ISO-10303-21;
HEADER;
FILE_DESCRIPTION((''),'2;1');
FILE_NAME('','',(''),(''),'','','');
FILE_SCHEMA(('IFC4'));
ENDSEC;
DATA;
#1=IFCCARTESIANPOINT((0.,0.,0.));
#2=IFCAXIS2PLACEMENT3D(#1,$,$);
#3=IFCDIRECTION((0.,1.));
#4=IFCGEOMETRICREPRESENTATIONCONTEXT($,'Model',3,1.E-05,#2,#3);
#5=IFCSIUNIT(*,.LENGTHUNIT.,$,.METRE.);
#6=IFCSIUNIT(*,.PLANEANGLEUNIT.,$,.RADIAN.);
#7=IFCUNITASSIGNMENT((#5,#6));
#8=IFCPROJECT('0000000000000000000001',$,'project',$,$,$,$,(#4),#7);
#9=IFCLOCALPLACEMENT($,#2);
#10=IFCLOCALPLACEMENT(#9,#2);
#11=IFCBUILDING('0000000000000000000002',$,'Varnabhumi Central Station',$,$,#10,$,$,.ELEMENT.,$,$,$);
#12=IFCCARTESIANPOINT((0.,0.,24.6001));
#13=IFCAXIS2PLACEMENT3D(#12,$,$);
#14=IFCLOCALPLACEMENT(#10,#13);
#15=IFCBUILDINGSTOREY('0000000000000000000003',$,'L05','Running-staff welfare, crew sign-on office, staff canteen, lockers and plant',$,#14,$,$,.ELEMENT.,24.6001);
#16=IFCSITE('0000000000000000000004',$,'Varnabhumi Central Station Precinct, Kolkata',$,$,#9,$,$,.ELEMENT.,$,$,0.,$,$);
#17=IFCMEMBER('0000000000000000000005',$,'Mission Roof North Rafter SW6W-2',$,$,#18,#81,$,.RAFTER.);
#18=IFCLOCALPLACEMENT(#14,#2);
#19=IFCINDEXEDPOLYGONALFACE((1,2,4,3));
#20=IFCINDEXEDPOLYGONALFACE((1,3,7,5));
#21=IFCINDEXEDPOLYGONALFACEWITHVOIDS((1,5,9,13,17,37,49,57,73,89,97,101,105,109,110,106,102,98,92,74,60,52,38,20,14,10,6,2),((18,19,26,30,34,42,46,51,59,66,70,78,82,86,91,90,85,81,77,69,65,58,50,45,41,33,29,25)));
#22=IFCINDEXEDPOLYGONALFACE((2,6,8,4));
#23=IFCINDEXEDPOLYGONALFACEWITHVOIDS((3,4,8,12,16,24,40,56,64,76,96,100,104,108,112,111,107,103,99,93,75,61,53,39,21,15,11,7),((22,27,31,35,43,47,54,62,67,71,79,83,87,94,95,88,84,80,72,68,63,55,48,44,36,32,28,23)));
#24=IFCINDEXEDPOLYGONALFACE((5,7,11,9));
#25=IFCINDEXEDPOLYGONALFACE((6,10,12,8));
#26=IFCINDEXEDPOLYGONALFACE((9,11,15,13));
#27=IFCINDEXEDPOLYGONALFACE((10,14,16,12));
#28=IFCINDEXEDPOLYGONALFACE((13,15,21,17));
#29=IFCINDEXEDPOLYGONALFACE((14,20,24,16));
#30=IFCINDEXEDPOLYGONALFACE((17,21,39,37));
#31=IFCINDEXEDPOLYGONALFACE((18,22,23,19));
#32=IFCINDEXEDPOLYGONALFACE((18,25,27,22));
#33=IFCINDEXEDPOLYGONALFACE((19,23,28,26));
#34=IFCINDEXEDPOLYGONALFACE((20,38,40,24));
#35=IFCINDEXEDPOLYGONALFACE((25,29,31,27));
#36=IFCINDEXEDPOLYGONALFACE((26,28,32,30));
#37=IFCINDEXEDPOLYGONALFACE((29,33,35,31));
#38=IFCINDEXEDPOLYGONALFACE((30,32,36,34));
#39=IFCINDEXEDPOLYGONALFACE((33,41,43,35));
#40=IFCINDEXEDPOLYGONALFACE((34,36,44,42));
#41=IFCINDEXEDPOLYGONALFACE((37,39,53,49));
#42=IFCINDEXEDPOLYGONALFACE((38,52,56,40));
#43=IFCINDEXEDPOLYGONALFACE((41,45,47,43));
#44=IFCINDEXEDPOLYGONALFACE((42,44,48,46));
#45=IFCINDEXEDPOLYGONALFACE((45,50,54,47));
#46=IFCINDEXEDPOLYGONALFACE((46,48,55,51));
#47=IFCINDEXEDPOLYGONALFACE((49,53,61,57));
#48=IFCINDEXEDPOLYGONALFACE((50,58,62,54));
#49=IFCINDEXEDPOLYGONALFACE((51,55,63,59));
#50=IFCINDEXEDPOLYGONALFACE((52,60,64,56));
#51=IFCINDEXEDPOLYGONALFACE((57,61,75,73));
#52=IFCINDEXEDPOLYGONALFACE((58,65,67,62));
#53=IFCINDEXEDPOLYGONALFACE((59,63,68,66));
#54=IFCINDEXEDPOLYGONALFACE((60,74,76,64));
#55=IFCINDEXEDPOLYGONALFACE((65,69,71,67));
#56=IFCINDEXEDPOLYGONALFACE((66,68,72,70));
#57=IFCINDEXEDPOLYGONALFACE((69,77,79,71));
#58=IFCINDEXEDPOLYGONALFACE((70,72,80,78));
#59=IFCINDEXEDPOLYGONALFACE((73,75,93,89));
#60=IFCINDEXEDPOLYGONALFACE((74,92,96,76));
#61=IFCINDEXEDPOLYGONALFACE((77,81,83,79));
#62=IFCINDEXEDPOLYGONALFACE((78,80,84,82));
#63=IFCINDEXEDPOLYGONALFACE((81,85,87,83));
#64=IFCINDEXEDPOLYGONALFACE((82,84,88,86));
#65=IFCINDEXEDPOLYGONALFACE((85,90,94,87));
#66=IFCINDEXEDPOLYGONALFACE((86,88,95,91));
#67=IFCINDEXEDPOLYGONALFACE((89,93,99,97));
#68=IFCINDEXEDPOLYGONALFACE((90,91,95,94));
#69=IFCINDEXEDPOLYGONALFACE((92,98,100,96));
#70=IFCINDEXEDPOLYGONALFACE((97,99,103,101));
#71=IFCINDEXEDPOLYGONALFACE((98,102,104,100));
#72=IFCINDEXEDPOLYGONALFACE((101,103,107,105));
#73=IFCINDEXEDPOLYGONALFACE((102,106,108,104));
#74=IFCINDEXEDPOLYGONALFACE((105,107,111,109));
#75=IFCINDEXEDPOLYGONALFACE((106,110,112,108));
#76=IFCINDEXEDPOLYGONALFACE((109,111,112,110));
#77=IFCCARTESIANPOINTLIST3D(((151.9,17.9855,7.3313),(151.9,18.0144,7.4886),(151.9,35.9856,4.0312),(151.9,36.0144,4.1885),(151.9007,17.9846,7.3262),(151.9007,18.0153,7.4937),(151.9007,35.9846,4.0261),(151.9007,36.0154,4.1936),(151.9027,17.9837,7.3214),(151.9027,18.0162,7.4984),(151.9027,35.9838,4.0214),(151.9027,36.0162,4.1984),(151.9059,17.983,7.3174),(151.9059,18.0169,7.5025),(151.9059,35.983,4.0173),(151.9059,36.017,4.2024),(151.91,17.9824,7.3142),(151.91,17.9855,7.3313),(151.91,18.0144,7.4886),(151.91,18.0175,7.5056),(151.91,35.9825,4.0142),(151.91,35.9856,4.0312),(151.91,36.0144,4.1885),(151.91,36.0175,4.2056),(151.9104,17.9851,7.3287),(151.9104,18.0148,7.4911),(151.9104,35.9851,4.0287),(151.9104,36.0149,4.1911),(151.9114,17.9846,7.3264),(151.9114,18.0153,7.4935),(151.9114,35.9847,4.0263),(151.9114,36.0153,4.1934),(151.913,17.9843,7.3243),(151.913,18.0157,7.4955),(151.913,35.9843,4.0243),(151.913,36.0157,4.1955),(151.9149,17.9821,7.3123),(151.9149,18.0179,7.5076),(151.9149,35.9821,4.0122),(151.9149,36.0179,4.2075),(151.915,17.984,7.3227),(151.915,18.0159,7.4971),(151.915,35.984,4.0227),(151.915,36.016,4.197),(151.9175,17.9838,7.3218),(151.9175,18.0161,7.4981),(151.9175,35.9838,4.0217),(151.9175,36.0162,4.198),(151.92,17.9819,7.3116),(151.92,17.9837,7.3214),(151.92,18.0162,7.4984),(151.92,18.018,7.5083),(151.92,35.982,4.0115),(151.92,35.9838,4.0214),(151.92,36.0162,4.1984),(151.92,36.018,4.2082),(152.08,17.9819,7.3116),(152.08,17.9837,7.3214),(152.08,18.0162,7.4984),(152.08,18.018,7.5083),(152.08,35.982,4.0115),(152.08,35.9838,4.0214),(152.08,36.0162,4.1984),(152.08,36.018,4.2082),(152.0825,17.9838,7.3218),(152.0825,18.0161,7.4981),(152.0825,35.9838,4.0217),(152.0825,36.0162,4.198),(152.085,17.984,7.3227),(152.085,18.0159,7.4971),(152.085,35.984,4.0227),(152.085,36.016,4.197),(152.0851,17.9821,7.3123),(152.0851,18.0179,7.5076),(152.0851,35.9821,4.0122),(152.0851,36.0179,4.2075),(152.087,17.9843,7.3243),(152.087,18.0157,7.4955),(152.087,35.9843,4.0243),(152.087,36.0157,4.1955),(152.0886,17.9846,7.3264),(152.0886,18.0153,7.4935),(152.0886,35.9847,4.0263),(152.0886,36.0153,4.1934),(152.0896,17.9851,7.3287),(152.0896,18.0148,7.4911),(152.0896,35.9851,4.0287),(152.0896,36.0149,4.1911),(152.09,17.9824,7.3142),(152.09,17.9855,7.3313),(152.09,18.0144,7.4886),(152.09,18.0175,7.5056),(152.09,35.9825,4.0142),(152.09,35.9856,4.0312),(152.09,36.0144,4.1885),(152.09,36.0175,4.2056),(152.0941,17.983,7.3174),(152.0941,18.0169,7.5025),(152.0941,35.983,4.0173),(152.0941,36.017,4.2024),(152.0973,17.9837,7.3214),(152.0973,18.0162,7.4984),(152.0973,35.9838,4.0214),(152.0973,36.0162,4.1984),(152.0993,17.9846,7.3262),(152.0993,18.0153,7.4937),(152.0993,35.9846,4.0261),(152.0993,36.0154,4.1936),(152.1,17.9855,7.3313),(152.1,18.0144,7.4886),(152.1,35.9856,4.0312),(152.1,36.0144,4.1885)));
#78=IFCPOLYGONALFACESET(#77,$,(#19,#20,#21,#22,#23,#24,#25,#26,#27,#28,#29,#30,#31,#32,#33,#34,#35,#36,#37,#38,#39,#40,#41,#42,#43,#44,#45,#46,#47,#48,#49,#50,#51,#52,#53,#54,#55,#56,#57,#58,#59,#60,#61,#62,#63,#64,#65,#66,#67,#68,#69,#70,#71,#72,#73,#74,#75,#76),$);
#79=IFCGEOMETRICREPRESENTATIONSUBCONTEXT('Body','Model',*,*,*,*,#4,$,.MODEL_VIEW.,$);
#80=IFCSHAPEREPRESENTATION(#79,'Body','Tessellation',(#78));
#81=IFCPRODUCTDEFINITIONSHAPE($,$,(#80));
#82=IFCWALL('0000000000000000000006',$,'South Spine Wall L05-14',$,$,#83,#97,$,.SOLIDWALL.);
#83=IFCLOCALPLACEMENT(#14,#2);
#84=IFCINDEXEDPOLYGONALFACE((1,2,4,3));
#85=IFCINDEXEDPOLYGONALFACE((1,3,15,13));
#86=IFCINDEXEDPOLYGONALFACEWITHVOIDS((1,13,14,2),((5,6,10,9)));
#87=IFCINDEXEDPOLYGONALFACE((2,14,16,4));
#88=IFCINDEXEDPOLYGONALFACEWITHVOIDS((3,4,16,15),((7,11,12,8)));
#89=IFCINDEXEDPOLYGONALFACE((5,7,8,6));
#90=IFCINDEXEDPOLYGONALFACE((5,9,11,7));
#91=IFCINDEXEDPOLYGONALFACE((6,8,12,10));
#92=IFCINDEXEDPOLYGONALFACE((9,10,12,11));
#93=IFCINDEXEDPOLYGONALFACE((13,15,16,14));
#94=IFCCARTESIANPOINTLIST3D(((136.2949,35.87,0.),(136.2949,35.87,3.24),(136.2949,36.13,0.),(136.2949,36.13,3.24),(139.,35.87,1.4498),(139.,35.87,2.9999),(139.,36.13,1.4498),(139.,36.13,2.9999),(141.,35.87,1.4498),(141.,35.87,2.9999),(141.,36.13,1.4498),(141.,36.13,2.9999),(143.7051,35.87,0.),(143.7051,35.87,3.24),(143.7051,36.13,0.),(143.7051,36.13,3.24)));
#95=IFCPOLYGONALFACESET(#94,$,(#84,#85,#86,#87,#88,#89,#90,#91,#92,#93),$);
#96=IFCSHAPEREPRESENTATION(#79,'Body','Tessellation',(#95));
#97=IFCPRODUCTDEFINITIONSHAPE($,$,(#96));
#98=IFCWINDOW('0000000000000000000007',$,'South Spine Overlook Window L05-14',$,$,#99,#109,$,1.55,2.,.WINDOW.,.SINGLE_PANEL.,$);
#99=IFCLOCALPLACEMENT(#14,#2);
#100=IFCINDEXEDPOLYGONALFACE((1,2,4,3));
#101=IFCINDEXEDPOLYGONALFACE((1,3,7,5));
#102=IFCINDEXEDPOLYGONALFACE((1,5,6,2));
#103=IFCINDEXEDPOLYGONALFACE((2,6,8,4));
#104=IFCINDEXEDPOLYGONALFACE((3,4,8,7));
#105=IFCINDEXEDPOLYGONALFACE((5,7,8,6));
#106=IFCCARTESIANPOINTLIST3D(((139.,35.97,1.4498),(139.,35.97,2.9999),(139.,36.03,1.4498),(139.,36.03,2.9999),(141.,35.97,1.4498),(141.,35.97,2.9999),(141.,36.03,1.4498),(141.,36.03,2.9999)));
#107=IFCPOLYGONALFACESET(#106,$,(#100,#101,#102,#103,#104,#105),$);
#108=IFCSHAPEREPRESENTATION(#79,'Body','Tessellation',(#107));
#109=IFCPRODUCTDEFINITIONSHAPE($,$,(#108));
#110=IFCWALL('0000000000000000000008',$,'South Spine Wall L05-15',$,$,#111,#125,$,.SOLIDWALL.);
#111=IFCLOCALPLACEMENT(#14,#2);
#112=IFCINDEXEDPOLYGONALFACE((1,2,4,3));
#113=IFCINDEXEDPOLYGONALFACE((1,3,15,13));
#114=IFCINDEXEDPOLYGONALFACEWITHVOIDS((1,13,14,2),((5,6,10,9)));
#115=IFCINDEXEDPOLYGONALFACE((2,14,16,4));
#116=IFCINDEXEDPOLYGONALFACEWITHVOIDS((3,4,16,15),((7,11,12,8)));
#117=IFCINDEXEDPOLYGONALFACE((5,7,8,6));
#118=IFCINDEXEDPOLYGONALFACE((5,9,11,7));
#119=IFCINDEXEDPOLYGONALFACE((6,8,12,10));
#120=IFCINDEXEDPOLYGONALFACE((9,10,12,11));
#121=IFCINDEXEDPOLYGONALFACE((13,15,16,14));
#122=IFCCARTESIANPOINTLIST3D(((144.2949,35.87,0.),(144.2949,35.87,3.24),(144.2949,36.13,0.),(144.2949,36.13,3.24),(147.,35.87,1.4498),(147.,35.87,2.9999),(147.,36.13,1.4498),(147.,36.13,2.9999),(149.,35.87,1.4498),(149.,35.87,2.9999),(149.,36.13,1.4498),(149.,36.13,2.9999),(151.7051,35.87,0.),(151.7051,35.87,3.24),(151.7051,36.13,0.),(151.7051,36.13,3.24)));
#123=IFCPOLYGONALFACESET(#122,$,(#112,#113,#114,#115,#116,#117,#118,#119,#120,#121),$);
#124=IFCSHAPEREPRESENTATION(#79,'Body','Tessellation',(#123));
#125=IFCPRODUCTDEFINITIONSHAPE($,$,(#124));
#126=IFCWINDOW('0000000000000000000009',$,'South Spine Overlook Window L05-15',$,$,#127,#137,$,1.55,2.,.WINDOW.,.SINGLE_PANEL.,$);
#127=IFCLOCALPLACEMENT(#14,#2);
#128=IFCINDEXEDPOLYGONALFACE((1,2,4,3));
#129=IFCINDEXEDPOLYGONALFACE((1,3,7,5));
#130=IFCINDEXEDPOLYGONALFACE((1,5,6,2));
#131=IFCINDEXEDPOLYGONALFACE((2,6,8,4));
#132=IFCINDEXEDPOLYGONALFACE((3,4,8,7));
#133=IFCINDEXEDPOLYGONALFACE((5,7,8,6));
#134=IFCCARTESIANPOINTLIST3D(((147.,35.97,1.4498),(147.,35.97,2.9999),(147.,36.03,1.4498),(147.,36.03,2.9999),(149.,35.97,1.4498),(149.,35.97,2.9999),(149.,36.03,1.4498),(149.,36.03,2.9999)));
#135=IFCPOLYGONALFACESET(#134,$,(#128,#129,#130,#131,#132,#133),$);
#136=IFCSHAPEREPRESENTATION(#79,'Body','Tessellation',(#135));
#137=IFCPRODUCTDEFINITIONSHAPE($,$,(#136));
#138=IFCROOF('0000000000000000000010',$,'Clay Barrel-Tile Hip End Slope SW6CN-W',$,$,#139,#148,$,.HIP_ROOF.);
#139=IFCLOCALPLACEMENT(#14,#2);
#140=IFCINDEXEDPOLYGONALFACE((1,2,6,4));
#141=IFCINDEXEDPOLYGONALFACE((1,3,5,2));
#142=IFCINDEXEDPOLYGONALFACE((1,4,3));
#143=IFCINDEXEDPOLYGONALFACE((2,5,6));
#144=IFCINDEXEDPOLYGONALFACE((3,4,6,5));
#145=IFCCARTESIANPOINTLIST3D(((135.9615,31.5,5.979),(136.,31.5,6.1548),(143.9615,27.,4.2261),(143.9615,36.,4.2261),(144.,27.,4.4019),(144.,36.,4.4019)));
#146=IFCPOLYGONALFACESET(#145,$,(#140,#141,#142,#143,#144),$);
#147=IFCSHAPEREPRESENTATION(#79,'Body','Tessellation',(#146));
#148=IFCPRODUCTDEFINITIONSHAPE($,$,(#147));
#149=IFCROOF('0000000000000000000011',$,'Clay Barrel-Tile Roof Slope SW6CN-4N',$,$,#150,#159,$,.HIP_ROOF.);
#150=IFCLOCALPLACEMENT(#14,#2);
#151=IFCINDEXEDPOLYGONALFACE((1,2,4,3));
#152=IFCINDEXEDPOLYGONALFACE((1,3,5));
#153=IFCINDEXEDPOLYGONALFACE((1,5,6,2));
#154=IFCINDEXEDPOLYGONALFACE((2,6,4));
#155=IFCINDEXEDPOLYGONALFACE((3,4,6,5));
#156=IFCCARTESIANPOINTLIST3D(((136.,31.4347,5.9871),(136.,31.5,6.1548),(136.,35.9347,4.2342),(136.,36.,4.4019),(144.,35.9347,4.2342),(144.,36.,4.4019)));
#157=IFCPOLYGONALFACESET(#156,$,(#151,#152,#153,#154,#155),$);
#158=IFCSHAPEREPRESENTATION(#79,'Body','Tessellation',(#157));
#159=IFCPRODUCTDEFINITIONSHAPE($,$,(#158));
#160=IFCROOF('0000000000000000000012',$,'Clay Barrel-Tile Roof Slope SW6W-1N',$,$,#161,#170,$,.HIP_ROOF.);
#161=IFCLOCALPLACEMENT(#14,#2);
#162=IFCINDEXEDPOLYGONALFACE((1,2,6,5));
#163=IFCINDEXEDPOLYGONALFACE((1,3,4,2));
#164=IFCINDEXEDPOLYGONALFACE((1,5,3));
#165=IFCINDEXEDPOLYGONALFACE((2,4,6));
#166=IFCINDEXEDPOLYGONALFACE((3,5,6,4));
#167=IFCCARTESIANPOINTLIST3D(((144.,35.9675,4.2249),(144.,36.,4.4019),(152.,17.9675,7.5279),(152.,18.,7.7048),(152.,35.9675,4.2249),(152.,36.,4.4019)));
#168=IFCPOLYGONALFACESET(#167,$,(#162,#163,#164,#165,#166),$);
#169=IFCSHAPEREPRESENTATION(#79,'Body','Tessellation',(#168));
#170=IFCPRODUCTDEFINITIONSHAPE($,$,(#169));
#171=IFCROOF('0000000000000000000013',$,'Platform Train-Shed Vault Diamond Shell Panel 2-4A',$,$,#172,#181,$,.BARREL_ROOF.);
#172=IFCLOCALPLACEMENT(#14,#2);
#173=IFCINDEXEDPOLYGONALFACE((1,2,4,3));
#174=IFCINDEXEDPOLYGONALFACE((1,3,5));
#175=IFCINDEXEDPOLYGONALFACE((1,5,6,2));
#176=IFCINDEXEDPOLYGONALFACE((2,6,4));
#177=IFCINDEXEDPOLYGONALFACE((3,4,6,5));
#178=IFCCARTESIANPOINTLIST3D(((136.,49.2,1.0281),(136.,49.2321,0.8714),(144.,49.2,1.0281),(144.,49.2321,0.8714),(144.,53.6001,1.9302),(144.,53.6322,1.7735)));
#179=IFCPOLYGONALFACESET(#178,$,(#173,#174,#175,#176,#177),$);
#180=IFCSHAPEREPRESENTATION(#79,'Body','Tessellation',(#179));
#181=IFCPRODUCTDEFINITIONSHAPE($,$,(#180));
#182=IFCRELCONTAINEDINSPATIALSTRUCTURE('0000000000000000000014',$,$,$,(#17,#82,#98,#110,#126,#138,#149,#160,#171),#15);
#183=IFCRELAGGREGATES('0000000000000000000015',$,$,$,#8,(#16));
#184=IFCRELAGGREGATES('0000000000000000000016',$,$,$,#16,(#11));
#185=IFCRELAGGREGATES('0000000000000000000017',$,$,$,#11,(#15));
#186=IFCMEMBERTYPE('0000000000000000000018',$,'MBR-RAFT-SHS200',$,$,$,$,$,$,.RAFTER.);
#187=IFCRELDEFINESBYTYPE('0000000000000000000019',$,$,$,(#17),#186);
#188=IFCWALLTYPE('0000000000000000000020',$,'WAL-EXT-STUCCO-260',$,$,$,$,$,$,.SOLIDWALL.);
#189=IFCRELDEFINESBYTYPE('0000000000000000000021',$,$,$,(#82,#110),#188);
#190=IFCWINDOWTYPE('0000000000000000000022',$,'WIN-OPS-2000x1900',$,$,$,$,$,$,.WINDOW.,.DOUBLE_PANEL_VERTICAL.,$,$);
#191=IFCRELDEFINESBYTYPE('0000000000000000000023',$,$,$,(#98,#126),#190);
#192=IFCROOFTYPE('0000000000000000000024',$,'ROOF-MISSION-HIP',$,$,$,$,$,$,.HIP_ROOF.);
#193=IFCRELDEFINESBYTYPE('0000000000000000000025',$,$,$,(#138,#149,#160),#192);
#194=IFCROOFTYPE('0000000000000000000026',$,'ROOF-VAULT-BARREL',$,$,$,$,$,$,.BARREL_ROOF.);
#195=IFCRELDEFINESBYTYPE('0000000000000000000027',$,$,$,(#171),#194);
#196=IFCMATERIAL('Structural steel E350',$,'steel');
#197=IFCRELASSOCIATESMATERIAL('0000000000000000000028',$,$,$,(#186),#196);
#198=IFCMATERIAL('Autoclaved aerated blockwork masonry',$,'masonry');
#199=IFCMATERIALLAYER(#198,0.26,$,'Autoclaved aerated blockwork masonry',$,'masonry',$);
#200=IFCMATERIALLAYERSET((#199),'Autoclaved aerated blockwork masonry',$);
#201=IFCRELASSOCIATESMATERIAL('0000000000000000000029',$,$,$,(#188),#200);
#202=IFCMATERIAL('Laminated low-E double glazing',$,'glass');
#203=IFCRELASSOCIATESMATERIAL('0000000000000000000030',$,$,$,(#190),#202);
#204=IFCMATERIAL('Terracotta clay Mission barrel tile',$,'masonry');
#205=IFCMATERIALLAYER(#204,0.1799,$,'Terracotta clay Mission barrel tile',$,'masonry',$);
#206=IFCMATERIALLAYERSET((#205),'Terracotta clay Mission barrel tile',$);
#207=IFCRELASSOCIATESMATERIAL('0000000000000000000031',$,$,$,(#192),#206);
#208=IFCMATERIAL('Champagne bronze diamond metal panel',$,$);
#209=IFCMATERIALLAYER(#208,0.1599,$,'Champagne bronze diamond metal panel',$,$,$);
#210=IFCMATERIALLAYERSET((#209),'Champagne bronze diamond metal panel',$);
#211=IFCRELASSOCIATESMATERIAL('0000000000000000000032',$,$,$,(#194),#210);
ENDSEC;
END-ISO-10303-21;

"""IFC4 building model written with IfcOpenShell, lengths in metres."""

from ifc_helpers import new_model, si_unit, direction, frame, frame_2d, origin, origin_2d, place, context, subcontext, project, spatial, polyline, rectangle, hollow_rectangle, outline, extrude, material, layer, layer_set, material_profile, profile_set, type_object, element, fill, save


model = new_model("IFC4")

# Units and contexts
model_context = context("Model", 3, precision=1e-05, world=origin(), true_north=direction((0.0, 1.0)))
body_context = subcontext(model_context, "Body", "Model", "MODEL_VIEW")
ifc_project = project(units=[si_unit("LENGTHUNIT", "METRE"), si_unit("PLANEANGLEUNIT", "RADIAN")], contexts=[model_context])

# Site, building, storey
site_placement = place(None, origin())
site = spatial("IfcSite", under=ifc_project, at=site_placement, Name="Varnabhumi Central Station Precinct, Kolkata", CompositionType="ELEMENT", RefElevation=0.0)
building_placement = place(site_placement, origin())
building = spatial("IfcBuilding", under=site, at=building_placement, Name="Varnabhumi Central Station", CompositionType="ELEMENT")
storey_placement = place(building_placement, frame((0.0, 0.0, 24.6001)))
storey = spatial("IfcBuildingStorey", under=building, at=storey_placement, Name="L05", Description="Running-staff welfare, crew sign-on office, staff canteen, lockers and plant", CompositionType="ELEMENT", Elevation=24.6001)

# Member
ifc_material_1 = material(Name="Structural steel E350", Category="steel")
ifc_material_profile_1 = material_profile(ifc_material_1, hollow_rectangle(XDim=0.2, YDim=0.2, WallThickness=0.01, InnerFilletRadius=0.01, OuterFilletRadius=0.02, at=origin_2d()), Name="Structural steel E350", Category="steel")
ifc_profile_set_1 = profile_set([ifc_material_profile_1], Name="Structural steel E350")
member_type = type_object("IfcMemberType", Name="MBR-RAFT-SHS200", PredefinedType="RAFTER", material=ifc_profile_set_1)
member_1_placement = place(storey_placement, frame((152.0, 36.0, 4.1099), z_axis=(0.0, -0.983606, 0.18033), x_axis=(1.0, 0.0, 0.0)))
element("IfcMember", 1, at=member_1_placement, inside=storey, type_object=member_type, Name="Mission Roof North Rafter SW6W-2", PredefinedType="RAFTER", context=body_context, shape_type="SweptSolid", body=[
    extrude(hollow_rectangle(XDim=0.2, YDim=0.2, WallThickness=0.01, InnerFilletRadius=0.01, OuterFilletRadius=0.02, at=origin_2d()), origin(), (0.0, 0.0, 1.0), 18.3),
])

# Walls, openings, windows
ifc_material_2 = material(Name="Autoclaved aerated blockwork masonry", Category="masonry")
ifc_layer_1 = layer(ifc_material_2, 0.26, Name="Autoclaved aerated blockwork masonry", Category="masonry")
ifc_layer_set_1 = layer_set([ifc_layer_1], Name="Autoclaved aerated blockwork masonry")
wall_type = type_object("IfcWallType", Name="WAL-EXT-STUCCO-260", PredefinedType="SOLIDWALL", material=ifc_layer_set_1)
wall_1_placement = place(storey_placement, frame((136.2949, 36.0, 0.0), z_axis=(0.0, 0.0, 1.0), x_axis=(1.0, 0.0, 0.0)))
wall_1 = element("IfcWall", 2, at=wall_1_placement, inside=storey, type_object=wall_type, Name="South Spine Wall L05-14", PredefinedType="SOLIDWALL", context=body_context, shape_type="SweptSolid", body=[
    extrude(rectangle(XDim=7.4102, YDim=0.26, at=frame_2d((3.7051, 0.0))), origin(), (0.0, 0.0, 1.0), 3.24),
])
opening_1_placement = place(wall_1_placement, frame((2.7051, 0.0, 1.45)))
opening_1 = element("IfcOpeningElement", 3, at=opening_1_placement, cuts=wall_1, PredefinedType="OPENING", context=body_context, shape_type="SweptSolid", body=[
    extrude(rectangle(XDim=2.0, YDim=1.55, at=frame_2d((1.0, 0.7749))), frame((0.0, 0.1399, 0.0), z_axis=(0.0, -1.0, 0.0), x_axis=(1.0, 0.0, 0.0)), (0.0, 0.0, 1.0), 0.28),
])
ifc_material_3 = material(Name="Laminated low-E double glazing", Category="glass")
window_type = type_object("IfcWindowType", Name="WIN-OPS-2000x1900", PartitioningType="DOUBLE_PANEL_VERTICAL", PredefinedType="WINDOW", material=ifc_material_3)
window_1_placement = place(opening_1_placement, origin())
window_1 = element("IfcWindow", 4, at=window_1_placement, inside=storey, type_object=window_type, Name="South Spine Overlook Window L05-14", OverallHeight=1.55, OverallWidth=2.0, PartitioningType="SINGLE_PANEL", PredefinedType="WINDOW", context=body_context, shape_type="SweptSolid", body=[
    extrude(rectangle(XDim=2.0, YDim=1.55, at=frame_2d((1.0, 0.7749))), frame((0.0, 0.03, 0.0), z_axis=(0.0, -1.0, 0.0), x_axis=(1.0, 0.0, 0.0)), (0.0, 0.0, 1.0), 0.0601),
])
fill(opening_1, window_1)
wall_2_placement = place(storey_placement, frame((144.2949, 36.0, 0.0), z_axis=(0.0, 0.0, 1.0), x_axis=(1.0, 0.0, 0.0)))
wall_2 = element("IfcWall", 5, at=wall_2_placement, inside=storey, type_object=wall_type, Name="South Spine Wall L05-15", PredefinedType="SOLIDWALL", context=body_context, shape_type="SweptSolid", body=[
    extrude(rectangle(XDim=7.4102, YDim=0.26, at=frame_2d((3.7051, 0.0))), origin(), (0.0, 0.0, 1.0), 3.24),
])
opening_2_placement = place(wall_2_placement, frame((2.7051, 0.0, 1.45)))
opening_2 = element("IfcOpeningElement", 6, at=opening_2_placement, cuts=wall_2, PredefinedType="OPENING", context=body_context, shape_type="SweptSolid", body=[
    extrude(rectangle(XDim=2.0, YDim=1.55, at=frame_2d((1.0, 0.7749))), frame((0.0, 0.1399, 0.0), z_axis=(0.0, -1.0, 0.0), x_axis=(1.0, 0.0, 0.0)), (0.0, 0.0, 1.0), 0.28),
])
window_2_placement = place(opening_2_placement, origin())
window_2 = element("IfcWindow", 7, at=window_2_placement, inside=storey, type_object=window_type, Name="South Spine Overlook Window L05-15", OverallHeight=1.55, OverallWidth=2.0, PartitioningType="SINGLE_PANEL", PredefinedType="WINDOW", context=body_context, shape_type="SweptSolid", body=[
    extrude(rectangle(XDim=2.0, YDim=1.55, at=frame_2d((1.0, 0.7749))), frame((0.0, 0.03, 0.0), z_axis=(0.0, -1.0, 0.0), x_axis=(1.0, 0.0, 0.0)), (0.0, 0.0, 1.0), 0.0601),
])
fill(opening_2, window_2)

# Roofs
ifc_material_4 = material(Name="Terracotta clay Mission barrel tile", Category="masonry")
ifc_layer_2 = layer(ifc_material_4, 0.1799, Name="Terracotta clay Mission barrel tile", Category="masonry")
ifc_layer_set_2 = layer_set([ifc_layer_2], Name="Terracotta clay Mission barrel tile")
roof_type_1 = type_object("IfcRoofType", Name="ROOF-MISSION-HIP", PredefinedType="HIP_ROOF", material=ifc_layer_set_2)
roof_1_placement = place(storey_placement, frame((144.0, 36.0, 4.4019), z_axis=(0.214038, 0.0, 0.976825), x_axis=(0.0, -1.0, 0.0)))
element("IfcRoof", 8, at=roof_1_placement, inside=storey, type_object=roof_type_1, Name="Clay Barrel-Tile Hip End Slope SW6CN-W", PredefinedType="HIP_ROOF", context=body_context, shape_type="SweptSolid", body=[
    extrude(outline(polyline([(0.0, 0.0), (9.0, 0.0), (4.5, -8.1898), (0.0, 0.0)])), origin(), (0.0, 0.0, -1.0), 0.1799),
])
roof_2_placement = place(storey_placement, frame((144.0, 36.0, 4.4019), z_axis=(0.0, 0.362973, 0.9318), x_axis=(-1.0, 0.0, 0.0)))
element("IfcRoof", 9, at=roof_2_placement, inside=storey, type_object=roof_type_1, Name="Clay Barrel-Tile Roof Slope SW6CN-4N", PredefinedType="HIP_ROOF", context=body_context, shape_type="SweptSolid", body=[
    extrude(outline(polyline([(0.0, 0.0), (8.0, 0.0), (8.0, 4.8294), (0.0, 0.0)])), origin(), (0.0, 0.0, -1.0), 0.1799),
])
roof_3_placement = place(storey_placement, frame((152.0, 36.0, 4.4019), z_axis=(0.0, 0.180485, 0.983578), x_axis=(-1.0, 0.0, 0.0)))
element("IfcRoof", 10, at=roof_3_placement, inside=storey, type_object=roof_type_1, Name="Clay Barrel-Tile Roof Slope SW6W-1N", PredefinedType="HIP_ROOF", context=body_context, shape_type="SweptSolid", body=[
    extrude(outline(polyline([(0.0, 0.0), (8.0, 0.0), (0.0, 18.3005), (0.0, 0.0)])), origin(), (0.0, 0.0, -1.0), 0.1799),
])
ifc_material_5 = material(Name="Champagne bronze diamond metal panel")
ifc_layer_3 = layer(ifc_material_5, 0.1599, Name="Champagne bronze diamond metal panel")
ifc_layer_set_3 = layer_set([ifc_layer_3], Name="Champagne bronze diamond metal panel")
roof_type_2 = type_object("IfcRoofType", Name="ROOF-VAULT-BARREL", PredefinedType="BARREL_ROOF", material=ifc_layer_set_3)
roof_4_placement = place(storey_placement, frame((136.0, 49.2, 1.0281), z_axis=(0.0, -0.200838, 0.979624), x_axis=(1.0, 0.0, 0.0)))
element("IfcRoof", 11, at=roof_4_placement, inside=storey, type_object=roof_type_2, Name="Platform Train-Shed Vault Diamond Shell Panel 2-4A", PredefinedType="BARREL_ROOF", context=body_context, shape_type="SweptSolid", body=[
    extrude(outline(polyline([(0.0, 0.0), (8.0, 0.0), (8.0, 4.4917), (0.0, 0.0)])), origin(), (0.0, 0.0, -1.0), 0.1599),
])

save(model, "model.ifc")
